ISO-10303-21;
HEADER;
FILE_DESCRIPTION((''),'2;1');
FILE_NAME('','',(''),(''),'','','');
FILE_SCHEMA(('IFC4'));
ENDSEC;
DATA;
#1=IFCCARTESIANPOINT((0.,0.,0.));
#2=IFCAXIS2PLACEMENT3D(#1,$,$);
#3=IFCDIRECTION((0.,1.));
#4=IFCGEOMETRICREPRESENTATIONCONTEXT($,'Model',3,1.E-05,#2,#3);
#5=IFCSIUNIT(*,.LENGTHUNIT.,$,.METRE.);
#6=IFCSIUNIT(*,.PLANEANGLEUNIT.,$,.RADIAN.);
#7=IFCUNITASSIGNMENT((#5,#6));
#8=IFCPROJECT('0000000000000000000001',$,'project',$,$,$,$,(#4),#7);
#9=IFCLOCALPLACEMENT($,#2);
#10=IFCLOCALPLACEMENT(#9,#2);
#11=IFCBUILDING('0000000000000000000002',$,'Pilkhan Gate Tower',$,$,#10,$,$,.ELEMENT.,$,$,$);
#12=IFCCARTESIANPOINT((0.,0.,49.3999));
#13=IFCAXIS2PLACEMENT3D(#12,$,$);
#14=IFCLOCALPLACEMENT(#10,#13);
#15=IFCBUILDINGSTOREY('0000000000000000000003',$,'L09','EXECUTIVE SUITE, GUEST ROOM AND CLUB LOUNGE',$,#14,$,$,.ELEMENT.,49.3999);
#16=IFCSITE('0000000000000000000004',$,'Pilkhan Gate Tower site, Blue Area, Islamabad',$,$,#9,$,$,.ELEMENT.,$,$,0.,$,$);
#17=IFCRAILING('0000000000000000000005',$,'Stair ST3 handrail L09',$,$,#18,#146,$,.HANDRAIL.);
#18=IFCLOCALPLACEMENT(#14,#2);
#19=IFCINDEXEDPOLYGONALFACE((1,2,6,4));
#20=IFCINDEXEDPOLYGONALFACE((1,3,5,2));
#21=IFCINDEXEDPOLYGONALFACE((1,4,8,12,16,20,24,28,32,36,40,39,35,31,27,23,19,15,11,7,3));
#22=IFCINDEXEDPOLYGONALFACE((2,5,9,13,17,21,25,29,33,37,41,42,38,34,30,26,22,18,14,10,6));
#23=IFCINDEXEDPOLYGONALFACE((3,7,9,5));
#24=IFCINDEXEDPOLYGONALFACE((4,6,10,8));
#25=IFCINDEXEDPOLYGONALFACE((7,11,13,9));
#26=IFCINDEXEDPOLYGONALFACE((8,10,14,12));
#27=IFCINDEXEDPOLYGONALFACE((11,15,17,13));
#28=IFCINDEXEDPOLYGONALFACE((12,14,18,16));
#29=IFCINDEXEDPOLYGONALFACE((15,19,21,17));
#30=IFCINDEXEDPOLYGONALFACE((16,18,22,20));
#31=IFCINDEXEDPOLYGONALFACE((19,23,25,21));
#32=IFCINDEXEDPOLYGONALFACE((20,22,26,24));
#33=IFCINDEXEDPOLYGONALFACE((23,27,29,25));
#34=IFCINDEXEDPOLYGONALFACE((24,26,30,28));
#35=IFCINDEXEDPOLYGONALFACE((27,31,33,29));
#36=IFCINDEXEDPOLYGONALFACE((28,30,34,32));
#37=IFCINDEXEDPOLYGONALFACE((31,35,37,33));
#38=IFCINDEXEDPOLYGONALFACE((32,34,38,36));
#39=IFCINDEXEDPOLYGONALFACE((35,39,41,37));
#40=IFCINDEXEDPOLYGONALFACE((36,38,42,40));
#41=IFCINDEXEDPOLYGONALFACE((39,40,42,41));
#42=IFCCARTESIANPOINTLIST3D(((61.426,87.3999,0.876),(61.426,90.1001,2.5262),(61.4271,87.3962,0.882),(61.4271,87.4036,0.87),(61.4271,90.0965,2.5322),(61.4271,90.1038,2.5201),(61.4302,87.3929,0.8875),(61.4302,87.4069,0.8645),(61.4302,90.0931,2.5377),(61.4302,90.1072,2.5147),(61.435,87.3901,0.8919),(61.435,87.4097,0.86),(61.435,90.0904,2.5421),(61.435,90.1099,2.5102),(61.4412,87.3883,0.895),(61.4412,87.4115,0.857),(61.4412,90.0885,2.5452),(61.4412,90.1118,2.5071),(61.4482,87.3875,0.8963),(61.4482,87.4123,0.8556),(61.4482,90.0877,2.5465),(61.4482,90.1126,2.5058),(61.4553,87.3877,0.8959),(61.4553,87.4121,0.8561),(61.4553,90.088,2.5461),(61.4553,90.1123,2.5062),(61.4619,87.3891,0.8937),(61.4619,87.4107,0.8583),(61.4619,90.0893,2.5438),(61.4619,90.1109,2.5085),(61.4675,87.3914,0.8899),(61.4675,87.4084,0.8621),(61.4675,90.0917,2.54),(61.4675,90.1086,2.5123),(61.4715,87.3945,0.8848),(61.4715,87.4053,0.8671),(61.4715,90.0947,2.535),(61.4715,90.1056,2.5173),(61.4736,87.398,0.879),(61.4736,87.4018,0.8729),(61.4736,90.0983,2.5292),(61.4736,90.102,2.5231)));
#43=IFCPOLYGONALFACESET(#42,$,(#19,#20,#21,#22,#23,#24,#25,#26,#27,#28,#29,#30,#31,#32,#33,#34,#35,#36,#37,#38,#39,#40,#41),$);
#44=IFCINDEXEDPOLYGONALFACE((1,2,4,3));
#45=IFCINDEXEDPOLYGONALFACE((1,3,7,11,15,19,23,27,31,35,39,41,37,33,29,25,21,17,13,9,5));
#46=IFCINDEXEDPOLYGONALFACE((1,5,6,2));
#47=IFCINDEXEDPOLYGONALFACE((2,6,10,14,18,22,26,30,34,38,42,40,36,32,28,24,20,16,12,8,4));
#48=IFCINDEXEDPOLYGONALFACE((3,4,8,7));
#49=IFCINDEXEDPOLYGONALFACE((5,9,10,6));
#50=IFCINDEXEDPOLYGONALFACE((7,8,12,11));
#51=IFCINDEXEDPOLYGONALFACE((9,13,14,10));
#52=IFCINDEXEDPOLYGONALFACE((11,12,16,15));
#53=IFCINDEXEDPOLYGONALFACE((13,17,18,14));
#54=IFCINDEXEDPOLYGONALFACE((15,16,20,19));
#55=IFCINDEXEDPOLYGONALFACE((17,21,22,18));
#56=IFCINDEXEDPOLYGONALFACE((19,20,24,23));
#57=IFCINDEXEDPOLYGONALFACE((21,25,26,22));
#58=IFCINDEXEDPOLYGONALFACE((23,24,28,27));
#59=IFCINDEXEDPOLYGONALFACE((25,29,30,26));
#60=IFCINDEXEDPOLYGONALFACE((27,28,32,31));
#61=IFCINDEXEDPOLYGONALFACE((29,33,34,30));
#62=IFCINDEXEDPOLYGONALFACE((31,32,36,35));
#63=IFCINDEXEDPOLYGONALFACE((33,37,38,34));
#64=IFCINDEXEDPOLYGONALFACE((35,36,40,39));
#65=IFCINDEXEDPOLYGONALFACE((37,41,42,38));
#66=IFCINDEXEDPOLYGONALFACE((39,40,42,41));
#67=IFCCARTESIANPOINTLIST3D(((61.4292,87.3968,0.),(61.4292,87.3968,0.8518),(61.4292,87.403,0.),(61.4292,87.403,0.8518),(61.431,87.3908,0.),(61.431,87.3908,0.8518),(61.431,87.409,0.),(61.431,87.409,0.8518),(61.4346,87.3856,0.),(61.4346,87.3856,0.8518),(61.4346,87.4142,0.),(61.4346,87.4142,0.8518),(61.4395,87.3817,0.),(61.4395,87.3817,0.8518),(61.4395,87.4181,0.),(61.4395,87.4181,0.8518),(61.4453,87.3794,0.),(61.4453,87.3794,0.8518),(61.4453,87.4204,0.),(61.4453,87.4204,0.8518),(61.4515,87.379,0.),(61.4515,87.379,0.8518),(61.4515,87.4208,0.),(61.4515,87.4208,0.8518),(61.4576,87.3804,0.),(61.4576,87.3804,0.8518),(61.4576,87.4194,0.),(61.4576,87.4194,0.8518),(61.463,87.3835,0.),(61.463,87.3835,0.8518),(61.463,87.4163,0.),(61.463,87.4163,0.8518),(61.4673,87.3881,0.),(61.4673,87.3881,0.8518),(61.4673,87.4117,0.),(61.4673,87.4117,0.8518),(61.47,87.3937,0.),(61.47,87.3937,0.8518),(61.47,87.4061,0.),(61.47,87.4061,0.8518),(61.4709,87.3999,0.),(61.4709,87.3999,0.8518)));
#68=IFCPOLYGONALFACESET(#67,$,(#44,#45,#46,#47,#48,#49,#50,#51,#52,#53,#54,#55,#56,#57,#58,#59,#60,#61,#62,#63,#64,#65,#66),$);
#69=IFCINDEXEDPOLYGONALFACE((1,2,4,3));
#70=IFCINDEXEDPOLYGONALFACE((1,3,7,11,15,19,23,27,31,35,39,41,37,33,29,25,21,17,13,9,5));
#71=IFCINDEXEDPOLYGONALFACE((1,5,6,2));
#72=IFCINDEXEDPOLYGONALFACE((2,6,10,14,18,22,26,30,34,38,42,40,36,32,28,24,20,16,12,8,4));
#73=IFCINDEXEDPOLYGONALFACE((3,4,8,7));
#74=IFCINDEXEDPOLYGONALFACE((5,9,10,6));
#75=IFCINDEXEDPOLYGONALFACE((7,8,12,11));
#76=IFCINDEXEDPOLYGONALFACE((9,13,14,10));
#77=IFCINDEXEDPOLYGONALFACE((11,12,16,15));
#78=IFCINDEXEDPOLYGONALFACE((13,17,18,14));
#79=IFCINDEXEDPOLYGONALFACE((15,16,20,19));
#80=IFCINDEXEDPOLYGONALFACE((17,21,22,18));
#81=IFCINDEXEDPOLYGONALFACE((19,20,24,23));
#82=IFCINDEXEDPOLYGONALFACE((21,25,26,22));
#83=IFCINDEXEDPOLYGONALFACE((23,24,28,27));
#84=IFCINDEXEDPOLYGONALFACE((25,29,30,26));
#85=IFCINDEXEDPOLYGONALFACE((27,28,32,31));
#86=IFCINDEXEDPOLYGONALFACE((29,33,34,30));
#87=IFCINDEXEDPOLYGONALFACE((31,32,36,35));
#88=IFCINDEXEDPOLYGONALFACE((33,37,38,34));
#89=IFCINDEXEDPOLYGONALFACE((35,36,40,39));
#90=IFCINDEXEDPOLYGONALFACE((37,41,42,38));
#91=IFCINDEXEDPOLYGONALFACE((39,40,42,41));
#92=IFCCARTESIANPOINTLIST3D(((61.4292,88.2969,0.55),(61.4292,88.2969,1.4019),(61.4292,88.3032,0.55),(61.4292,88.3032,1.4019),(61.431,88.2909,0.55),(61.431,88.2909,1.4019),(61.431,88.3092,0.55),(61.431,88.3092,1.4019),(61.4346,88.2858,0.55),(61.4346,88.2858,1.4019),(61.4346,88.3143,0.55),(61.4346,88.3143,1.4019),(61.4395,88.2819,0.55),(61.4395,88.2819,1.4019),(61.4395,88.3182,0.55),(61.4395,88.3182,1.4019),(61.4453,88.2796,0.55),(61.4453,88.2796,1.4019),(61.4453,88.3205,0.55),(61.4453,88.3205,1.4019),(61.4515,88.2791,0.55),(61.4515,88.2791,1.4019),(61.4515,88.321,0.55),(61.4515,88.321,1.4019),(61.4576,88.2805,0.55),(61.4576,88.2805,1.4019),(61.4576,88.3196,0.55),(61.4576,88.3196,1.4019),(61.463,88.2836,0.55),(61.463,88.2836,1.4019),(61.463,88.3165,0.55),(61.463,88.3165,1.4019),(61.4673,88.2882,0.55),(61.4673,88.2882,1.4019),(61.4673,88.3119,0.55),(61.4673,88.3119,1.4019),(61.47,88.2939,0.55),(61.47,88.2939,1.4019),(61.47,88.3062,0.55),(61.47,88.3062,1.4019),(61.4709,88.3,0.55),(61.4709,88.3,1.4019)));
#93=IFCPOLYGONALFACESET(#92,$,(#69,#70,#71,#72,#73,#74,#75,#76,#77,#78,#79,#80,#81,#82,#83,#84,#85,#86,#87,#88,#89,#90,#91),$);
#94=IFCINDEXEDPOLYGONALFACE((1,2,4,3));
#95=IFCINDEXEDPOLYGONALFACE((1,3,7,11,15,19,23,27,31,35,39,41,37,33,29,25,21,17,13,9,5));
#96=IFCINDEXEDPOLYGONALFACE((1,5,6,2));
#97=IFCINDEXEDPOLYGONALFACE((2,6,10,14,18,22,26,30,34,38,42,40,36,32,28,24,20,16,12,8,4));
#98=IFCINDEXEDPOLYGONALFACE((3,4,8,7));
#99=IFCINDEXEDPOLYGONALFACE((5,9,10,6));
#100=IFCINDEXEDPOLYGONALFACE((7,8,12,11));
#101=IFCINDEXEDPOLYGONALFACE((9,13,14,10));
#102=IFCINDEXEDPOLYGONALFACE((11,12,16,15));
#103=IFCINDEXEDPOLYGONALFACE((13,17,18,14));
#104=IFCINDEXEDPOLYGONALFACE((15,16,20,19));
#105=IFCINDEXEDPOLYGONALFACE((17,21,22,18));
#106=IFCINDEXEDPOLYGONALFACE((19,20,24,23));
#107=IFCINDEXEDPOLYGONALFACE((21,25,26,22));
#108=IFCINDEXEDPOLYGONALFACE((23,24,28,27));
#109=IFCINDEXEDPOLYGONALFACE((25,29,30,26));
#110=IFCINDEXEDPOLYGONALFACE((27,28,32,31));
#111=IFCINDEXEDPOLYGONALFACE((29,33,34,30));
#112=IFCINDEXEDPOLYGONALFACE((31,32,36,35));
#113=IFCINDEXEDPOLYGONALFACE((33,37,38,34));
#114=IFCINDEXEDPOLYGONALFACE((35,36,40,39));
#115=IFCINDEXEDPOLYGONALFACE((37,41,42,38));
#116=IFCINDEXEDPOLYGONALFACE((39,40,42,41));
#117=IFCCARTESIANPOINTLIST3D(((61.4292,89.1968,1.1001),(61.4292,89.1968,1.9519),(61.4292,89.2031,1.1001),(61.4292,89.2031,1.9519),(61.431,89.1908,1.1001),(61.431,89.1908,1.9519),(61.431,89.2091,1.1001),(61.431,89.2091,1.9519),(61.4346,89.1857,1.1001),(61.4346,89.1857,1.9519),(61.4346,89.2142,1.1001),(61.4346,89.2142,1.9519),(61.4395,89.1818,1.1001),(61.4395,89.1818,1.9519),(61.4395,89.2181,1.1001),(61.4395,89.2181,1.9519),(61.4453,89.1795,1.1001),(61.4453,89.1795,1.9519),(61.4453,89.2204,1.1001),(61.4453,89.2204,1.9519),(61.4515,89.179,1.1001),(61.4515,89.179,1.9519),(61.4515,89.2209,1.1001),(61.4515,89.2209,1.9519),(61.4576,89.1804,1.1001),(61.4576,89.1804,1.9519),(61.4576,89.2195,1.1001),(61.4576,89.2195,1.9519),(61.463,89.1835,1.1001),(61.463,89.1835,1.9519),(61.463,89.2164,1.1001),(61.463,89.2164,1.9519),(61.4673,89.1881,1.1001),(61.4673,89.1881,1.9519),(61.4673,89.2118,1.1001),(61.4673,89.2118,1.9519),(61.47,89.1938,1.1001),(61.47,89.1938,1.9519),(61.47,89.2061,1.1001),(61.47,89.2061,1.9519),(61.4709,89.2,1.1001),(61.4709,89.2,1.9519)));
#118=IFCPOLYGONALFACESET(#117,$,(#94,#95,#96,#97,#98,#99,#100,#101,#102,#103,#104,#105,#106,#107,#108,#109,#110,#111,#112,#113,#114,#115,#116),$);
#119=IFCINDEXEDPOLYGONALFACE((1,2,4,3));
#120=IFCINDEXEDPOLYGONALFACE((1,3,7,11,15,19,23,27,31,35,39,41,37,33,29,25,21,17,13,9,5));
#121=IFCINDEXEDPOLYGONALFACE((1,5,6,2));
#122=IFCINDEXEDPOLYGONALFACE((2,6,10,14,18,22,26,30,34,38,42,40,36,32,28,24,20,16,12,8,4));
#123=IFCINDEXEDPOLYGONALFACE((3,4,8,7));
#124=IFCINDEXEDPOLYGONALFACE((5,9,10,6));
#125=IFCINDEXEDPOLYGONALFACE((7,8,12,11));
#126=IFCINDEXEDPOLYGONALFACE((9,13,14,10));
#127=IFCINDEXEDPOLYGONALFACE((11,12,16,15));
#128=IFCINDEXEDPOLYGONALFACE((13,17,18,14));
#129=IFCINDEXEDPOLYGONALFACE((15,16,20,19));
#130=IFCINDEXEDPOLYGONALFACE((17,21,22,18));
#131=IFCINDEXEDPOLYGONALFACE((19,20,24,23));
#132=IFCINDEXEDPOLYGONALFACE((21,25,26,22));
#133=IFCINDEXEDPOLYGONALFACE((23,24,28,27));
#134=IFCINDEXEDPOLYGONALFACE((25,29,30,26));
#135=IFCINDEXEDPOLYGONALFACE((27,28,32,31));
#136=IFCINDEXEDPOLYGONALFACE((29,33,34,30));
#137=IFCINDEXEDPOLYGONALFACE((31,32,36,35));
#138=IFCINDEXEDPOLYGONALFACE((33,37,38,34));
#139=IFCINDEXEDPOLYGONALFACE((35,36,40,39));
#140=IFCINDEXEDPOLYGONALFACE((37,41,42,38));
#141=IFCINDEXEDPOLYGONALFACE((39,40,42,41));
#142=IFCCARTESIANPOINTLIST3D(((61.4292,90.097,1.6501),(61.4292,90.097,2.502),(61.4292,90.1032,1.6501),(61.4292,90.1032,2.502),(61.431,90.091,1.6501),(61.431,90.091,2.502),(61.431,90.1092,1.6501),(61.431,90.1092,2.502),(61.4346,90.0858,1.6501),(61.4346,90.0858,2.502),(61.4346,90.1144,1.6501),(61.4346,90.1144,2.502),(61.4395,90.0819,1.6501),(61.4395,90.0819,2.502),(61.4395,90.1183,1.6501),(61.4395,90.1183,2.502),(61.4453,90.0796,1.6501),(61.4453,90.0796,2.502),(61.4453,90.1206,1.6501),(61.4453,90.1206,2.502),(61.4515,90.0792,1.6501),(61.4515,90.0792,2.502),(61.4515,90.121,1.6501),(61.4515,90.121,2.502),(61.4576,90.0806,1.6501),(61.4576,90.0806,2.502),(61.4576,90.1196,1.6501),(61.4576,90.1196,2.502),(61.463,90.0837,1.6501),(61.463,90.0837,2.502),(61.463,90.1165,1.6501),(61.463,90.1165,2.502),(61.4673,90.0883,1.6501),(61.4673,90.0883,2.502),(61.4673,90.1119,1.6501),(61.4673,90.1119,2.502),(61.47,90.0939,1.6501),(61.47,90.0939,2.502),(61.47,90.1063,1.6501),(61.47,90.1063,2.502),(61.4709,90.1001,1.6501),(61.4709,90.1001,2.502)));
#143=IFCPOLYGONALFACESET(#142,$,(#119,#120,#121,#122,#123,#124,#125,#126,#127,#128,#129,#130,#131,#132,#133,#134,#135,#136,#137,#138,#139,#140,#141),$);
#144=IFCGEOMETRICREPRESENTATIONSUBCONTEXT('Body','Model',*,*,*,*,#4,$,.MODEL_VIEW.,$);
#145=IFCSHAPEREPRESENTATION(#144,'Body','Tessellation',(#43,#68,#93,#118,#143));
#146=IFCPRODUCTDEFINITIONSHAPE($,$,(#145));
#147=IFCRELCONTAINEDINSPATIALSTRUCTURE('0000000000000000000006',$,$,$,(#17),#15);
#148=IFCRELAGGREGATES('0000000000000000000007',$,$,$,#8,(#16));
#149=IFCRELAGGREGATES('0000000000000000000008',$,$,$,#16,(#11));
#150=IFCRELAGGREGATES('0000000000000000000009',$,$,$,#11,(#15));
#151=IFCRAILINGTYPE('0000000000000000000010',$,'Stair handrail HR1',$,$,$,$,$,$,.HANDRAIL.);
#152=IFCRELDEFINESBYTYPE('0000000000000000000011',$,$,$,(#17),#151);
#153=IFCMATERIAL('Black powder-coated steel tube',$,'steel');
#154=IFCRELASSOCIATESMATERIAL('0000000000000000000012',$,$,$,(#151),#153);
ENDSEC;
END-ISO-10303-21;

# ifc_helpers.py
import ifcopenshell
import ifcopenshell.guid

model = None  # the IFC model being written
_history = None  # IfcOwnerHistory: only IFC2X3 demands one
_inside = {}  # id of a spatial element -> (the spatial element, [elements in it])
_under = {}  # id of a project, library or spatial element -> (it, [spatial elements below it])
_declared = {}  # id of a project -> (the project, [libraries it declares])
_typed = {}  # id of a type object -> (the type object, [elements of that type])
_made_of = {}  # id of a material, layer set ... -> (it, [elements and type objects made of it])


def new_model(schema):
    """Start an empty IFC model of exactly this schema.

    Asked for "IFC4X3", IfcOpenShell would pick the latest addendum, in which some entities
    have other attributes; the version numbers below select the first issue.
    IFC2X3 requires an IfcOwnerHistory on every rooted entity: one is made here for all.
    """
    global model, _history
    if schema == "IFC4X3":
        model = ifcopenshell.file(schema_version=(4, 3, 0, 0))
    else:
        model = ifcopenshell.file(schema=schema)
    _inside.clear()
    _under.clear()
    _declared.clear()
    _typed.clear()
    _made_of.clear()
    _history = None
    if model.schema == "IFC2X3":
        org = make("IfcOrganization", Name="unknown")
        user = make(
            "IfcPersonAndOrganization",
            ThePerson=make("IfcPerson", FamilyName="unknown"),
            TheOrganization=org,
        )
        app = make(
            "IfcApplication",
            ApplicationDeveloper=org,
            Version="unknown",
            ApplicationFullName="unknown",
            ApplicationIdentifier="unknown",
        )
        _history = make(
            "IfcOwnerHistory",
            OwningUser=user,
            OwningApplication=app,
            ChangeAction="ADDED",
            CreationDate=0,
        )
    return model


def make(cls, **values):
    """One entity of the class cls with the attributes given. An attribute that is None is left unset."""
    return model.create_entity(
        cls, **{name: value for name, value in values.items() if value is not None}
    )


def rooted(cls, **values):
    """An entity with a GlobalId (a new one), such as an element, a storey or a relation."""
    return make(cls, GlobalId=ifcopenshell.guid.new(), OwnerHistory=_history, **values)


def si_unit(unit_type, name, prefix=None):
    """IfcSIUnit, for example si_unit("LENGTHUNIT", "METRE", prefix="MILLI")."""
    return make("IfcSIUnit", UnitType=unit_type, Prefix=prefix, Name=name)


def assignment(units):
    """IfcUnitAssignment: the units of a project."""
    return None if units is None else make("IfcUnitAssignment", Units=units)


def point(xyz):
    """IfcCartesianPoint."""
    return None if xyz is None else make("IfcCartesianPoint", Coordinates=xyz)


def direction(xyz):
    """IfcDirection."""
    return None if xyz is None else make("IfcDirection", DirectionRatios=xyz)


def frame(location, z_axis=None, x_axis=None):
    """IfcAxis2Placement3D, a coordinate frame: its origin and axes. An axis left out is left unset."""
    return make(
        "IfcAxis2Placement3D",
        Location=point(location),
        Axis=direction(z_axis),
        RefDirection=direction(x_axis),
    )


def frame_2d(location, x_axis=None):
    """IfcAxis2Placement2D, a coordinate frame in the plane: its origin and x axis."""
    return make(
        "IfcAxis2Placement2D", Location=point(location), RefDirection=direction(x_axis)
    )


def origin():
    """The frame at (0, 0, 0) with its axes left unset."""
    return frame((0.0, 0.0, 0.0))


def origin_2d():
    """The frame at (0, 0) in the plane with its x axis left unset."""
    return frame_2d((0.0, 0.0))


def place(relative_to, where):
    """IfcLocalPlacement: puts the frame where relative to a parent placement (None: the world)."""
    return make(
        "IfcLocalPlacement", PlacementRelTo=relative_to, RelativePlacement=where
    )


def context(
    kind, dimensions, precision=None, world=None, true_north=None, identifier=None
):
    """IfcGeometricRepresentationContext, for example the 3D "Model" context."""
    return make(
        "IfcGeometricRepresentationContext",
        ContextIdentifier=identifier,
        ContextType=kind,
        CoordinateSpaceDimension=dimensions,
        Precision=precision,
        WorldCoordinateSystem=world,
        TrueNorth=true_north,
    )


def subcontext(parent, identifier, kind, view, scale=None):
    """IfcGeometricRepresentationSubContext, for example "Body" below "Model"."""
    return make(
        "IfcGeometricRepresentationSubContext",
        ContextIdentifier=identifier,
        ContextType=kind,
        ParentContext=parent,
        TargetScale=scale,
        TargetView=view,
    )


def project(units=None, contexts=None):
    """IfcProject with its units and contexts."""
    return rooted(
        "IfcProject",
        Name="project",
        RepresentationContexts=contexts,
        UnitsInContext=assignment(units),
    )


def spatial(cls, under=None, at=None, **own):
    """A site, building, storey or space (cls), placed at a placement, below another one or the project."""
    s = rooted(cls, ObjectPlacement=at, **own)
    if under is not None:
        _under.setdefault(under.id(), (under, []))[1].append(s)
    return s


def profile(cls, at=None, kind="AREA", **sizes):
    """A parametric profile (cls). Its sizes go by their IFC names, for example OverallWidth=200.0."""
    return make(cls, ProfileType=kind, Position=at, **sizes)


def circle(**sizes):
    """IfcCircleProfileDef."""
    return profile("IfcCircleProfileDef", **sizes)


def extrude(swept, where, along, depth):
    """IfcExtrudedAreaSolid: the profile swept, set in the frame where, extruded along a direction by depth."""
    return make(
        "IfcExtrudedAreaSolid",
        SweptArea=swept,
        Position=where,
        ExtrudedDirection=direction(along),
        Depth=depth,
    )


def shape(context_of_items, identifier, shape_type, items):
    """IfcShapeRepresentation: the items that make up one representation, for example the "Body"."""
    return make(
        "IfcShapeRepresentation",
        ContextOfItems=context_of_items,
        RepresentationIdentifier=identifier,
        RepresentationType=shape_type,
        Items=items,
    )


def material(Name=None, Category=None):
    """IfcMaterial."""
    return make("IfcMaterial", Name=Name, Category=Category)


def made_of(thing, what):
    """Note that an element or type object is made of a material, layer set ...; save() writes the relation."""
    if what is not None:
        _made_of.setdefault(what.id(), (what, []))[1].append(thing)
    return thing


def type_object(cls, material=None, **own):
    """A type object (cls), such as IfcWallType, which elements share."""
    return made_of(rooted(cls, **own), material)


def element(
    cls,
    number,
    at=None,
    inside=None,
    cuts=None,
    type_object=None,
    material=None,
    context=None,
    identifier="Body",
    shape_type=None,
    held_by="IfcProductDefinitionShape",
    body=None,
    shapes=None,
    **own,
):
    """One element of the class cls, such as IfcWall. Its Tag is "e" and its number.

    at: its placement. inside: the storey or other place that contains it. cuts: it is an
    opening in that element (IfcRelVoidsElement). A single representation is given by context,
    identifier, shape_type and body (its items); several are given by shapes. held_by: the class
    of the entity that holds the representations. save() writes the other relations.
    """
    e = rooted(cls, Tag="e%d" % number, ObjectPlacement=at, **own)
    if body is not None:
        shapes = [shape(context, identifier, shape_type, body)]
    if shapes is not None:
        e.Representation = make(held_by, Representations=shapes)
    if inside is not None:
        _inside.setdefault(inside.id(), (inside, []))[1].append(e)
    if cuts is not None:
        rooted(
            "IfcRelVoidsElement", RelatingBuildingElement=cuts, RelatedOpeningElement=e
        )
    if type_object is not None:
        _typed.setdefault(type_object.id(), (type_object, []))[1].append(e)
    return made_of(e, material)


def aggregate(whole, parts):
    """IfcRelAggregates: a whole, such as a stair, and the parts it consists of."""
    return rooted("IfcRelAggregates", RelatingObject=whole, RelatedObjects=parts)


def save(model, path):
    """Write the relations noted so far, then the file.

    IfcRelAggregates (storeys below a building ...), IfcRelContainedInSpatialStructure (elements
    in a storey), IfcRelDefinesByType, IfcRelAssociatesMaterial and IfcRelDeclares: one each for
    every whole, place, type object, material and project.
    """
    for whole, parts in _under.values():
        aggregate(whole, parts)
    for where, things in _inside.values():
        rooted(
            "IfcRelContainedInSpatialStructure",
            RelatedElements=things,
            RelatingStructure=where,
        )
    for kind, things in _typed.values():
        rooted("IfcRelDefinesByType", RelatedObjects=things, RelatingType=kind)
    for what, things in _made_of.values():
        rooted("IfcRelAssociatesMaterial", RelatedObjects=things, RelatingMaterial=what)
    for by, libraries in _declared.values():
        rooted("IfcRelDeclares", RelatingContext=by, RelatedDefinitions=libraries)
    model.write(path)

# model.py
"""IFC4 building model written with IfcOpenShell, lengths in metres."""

from ifc_helpers import new_model, si_unit, direction, frame, origin, origin_2d, place, context, subcontext, project, spatial, circle, extrude, material, type_object, element, save


model = new_model("IFC4")

# Units and contexts
model_context = context("Model", 3, precision=1e-05, world=origin(), true_north=direction((0.0, 1.0)))
body_context = subcontext(model_context, "Body", "Model", "MODEL_VIEW")
ifc_project = project(units=[si_unit("LENGTHUNIT", "METRE"), si_unit("PLANEANGLEUNIT", "RADIAN")], contexts=[model_context])

# Site, building, storey
site_placement = place(None, origin())
site = spatial("IfcSite", under=ifc_project, at=site_placement, Name="Pilkhan Gate Tower site, Blue Area, Islamabad", CompositionType="ELEMENT", RefElevation=0.0)
building_placement = place(site_placement, origin())
building = spatial("IfcBuilding", under=site, at=building_placement, Name="Pilkhan Gate Tower", CompositionType="ELEMENT")
storey_placement = place(building_placement, frame((0.0, 0.0, 49.3999)))
storey = spatial("IfcBuildingStorey", under=building, at=storey_placement, Name="L09", Description="EXECUTIVE SUITE, GUEST ROOM AND CLUB LOUNGE", CompositionType="ELEMENT", Elevation=49.3999)

# Railing
ifc_material_1 = material(Name="Black powder-coated steel tube", Category="steel")
railing_type_1 = type_object("IfcRailingType", Name="Stair handrail HR1", PredefinedType="HANDRAIL", material=ifc_material_1)
railing_1_placement = place(storey_placement, frame((61.45, 87.3999, 0.0)))
element("IfcRailing", 1, at=railing_1_placement, inside=storey, type_object=railing_type_1, Name="Stair ST3 handrail L09", PredefinedType="HANDRAIL", context=body_context, shape_type="SweptSolid", body=[
    extrude(circle(Radius=0.0239, at=origin_2d()), frame((0.0, 0.0, 0.876), z_axis=(0.0, 0.853278, 0.521456), x_axis=(-1.0, 0.0, 0.0)), (0.0, 0.0, 1.0), 3.1646),
    extrude(circle(Radius=0.021, at=origin_2d()), origin(), (0.0, 0.0, 1.0), 0.8518),
    extrude(circle(Radius=0.021, at=origin_2d()), frame((0.0, 0.9001, 0.55)), (0.0, 0.0, 1.0), 0.8518),
    extrude(circle(Radius=0.021, at=origin_2d()), frame((0.0, 1.8, 1.1001)), (0.0, 0.0, 1.0), 0.8518),
    extrude(circle(Radius=0.021, at=origin_2d()), frame((0.0, 2.7002, 1.6501)), (0.0, 0.0, 1.0), 0.8518),
])

save(model, "model.ifc")
